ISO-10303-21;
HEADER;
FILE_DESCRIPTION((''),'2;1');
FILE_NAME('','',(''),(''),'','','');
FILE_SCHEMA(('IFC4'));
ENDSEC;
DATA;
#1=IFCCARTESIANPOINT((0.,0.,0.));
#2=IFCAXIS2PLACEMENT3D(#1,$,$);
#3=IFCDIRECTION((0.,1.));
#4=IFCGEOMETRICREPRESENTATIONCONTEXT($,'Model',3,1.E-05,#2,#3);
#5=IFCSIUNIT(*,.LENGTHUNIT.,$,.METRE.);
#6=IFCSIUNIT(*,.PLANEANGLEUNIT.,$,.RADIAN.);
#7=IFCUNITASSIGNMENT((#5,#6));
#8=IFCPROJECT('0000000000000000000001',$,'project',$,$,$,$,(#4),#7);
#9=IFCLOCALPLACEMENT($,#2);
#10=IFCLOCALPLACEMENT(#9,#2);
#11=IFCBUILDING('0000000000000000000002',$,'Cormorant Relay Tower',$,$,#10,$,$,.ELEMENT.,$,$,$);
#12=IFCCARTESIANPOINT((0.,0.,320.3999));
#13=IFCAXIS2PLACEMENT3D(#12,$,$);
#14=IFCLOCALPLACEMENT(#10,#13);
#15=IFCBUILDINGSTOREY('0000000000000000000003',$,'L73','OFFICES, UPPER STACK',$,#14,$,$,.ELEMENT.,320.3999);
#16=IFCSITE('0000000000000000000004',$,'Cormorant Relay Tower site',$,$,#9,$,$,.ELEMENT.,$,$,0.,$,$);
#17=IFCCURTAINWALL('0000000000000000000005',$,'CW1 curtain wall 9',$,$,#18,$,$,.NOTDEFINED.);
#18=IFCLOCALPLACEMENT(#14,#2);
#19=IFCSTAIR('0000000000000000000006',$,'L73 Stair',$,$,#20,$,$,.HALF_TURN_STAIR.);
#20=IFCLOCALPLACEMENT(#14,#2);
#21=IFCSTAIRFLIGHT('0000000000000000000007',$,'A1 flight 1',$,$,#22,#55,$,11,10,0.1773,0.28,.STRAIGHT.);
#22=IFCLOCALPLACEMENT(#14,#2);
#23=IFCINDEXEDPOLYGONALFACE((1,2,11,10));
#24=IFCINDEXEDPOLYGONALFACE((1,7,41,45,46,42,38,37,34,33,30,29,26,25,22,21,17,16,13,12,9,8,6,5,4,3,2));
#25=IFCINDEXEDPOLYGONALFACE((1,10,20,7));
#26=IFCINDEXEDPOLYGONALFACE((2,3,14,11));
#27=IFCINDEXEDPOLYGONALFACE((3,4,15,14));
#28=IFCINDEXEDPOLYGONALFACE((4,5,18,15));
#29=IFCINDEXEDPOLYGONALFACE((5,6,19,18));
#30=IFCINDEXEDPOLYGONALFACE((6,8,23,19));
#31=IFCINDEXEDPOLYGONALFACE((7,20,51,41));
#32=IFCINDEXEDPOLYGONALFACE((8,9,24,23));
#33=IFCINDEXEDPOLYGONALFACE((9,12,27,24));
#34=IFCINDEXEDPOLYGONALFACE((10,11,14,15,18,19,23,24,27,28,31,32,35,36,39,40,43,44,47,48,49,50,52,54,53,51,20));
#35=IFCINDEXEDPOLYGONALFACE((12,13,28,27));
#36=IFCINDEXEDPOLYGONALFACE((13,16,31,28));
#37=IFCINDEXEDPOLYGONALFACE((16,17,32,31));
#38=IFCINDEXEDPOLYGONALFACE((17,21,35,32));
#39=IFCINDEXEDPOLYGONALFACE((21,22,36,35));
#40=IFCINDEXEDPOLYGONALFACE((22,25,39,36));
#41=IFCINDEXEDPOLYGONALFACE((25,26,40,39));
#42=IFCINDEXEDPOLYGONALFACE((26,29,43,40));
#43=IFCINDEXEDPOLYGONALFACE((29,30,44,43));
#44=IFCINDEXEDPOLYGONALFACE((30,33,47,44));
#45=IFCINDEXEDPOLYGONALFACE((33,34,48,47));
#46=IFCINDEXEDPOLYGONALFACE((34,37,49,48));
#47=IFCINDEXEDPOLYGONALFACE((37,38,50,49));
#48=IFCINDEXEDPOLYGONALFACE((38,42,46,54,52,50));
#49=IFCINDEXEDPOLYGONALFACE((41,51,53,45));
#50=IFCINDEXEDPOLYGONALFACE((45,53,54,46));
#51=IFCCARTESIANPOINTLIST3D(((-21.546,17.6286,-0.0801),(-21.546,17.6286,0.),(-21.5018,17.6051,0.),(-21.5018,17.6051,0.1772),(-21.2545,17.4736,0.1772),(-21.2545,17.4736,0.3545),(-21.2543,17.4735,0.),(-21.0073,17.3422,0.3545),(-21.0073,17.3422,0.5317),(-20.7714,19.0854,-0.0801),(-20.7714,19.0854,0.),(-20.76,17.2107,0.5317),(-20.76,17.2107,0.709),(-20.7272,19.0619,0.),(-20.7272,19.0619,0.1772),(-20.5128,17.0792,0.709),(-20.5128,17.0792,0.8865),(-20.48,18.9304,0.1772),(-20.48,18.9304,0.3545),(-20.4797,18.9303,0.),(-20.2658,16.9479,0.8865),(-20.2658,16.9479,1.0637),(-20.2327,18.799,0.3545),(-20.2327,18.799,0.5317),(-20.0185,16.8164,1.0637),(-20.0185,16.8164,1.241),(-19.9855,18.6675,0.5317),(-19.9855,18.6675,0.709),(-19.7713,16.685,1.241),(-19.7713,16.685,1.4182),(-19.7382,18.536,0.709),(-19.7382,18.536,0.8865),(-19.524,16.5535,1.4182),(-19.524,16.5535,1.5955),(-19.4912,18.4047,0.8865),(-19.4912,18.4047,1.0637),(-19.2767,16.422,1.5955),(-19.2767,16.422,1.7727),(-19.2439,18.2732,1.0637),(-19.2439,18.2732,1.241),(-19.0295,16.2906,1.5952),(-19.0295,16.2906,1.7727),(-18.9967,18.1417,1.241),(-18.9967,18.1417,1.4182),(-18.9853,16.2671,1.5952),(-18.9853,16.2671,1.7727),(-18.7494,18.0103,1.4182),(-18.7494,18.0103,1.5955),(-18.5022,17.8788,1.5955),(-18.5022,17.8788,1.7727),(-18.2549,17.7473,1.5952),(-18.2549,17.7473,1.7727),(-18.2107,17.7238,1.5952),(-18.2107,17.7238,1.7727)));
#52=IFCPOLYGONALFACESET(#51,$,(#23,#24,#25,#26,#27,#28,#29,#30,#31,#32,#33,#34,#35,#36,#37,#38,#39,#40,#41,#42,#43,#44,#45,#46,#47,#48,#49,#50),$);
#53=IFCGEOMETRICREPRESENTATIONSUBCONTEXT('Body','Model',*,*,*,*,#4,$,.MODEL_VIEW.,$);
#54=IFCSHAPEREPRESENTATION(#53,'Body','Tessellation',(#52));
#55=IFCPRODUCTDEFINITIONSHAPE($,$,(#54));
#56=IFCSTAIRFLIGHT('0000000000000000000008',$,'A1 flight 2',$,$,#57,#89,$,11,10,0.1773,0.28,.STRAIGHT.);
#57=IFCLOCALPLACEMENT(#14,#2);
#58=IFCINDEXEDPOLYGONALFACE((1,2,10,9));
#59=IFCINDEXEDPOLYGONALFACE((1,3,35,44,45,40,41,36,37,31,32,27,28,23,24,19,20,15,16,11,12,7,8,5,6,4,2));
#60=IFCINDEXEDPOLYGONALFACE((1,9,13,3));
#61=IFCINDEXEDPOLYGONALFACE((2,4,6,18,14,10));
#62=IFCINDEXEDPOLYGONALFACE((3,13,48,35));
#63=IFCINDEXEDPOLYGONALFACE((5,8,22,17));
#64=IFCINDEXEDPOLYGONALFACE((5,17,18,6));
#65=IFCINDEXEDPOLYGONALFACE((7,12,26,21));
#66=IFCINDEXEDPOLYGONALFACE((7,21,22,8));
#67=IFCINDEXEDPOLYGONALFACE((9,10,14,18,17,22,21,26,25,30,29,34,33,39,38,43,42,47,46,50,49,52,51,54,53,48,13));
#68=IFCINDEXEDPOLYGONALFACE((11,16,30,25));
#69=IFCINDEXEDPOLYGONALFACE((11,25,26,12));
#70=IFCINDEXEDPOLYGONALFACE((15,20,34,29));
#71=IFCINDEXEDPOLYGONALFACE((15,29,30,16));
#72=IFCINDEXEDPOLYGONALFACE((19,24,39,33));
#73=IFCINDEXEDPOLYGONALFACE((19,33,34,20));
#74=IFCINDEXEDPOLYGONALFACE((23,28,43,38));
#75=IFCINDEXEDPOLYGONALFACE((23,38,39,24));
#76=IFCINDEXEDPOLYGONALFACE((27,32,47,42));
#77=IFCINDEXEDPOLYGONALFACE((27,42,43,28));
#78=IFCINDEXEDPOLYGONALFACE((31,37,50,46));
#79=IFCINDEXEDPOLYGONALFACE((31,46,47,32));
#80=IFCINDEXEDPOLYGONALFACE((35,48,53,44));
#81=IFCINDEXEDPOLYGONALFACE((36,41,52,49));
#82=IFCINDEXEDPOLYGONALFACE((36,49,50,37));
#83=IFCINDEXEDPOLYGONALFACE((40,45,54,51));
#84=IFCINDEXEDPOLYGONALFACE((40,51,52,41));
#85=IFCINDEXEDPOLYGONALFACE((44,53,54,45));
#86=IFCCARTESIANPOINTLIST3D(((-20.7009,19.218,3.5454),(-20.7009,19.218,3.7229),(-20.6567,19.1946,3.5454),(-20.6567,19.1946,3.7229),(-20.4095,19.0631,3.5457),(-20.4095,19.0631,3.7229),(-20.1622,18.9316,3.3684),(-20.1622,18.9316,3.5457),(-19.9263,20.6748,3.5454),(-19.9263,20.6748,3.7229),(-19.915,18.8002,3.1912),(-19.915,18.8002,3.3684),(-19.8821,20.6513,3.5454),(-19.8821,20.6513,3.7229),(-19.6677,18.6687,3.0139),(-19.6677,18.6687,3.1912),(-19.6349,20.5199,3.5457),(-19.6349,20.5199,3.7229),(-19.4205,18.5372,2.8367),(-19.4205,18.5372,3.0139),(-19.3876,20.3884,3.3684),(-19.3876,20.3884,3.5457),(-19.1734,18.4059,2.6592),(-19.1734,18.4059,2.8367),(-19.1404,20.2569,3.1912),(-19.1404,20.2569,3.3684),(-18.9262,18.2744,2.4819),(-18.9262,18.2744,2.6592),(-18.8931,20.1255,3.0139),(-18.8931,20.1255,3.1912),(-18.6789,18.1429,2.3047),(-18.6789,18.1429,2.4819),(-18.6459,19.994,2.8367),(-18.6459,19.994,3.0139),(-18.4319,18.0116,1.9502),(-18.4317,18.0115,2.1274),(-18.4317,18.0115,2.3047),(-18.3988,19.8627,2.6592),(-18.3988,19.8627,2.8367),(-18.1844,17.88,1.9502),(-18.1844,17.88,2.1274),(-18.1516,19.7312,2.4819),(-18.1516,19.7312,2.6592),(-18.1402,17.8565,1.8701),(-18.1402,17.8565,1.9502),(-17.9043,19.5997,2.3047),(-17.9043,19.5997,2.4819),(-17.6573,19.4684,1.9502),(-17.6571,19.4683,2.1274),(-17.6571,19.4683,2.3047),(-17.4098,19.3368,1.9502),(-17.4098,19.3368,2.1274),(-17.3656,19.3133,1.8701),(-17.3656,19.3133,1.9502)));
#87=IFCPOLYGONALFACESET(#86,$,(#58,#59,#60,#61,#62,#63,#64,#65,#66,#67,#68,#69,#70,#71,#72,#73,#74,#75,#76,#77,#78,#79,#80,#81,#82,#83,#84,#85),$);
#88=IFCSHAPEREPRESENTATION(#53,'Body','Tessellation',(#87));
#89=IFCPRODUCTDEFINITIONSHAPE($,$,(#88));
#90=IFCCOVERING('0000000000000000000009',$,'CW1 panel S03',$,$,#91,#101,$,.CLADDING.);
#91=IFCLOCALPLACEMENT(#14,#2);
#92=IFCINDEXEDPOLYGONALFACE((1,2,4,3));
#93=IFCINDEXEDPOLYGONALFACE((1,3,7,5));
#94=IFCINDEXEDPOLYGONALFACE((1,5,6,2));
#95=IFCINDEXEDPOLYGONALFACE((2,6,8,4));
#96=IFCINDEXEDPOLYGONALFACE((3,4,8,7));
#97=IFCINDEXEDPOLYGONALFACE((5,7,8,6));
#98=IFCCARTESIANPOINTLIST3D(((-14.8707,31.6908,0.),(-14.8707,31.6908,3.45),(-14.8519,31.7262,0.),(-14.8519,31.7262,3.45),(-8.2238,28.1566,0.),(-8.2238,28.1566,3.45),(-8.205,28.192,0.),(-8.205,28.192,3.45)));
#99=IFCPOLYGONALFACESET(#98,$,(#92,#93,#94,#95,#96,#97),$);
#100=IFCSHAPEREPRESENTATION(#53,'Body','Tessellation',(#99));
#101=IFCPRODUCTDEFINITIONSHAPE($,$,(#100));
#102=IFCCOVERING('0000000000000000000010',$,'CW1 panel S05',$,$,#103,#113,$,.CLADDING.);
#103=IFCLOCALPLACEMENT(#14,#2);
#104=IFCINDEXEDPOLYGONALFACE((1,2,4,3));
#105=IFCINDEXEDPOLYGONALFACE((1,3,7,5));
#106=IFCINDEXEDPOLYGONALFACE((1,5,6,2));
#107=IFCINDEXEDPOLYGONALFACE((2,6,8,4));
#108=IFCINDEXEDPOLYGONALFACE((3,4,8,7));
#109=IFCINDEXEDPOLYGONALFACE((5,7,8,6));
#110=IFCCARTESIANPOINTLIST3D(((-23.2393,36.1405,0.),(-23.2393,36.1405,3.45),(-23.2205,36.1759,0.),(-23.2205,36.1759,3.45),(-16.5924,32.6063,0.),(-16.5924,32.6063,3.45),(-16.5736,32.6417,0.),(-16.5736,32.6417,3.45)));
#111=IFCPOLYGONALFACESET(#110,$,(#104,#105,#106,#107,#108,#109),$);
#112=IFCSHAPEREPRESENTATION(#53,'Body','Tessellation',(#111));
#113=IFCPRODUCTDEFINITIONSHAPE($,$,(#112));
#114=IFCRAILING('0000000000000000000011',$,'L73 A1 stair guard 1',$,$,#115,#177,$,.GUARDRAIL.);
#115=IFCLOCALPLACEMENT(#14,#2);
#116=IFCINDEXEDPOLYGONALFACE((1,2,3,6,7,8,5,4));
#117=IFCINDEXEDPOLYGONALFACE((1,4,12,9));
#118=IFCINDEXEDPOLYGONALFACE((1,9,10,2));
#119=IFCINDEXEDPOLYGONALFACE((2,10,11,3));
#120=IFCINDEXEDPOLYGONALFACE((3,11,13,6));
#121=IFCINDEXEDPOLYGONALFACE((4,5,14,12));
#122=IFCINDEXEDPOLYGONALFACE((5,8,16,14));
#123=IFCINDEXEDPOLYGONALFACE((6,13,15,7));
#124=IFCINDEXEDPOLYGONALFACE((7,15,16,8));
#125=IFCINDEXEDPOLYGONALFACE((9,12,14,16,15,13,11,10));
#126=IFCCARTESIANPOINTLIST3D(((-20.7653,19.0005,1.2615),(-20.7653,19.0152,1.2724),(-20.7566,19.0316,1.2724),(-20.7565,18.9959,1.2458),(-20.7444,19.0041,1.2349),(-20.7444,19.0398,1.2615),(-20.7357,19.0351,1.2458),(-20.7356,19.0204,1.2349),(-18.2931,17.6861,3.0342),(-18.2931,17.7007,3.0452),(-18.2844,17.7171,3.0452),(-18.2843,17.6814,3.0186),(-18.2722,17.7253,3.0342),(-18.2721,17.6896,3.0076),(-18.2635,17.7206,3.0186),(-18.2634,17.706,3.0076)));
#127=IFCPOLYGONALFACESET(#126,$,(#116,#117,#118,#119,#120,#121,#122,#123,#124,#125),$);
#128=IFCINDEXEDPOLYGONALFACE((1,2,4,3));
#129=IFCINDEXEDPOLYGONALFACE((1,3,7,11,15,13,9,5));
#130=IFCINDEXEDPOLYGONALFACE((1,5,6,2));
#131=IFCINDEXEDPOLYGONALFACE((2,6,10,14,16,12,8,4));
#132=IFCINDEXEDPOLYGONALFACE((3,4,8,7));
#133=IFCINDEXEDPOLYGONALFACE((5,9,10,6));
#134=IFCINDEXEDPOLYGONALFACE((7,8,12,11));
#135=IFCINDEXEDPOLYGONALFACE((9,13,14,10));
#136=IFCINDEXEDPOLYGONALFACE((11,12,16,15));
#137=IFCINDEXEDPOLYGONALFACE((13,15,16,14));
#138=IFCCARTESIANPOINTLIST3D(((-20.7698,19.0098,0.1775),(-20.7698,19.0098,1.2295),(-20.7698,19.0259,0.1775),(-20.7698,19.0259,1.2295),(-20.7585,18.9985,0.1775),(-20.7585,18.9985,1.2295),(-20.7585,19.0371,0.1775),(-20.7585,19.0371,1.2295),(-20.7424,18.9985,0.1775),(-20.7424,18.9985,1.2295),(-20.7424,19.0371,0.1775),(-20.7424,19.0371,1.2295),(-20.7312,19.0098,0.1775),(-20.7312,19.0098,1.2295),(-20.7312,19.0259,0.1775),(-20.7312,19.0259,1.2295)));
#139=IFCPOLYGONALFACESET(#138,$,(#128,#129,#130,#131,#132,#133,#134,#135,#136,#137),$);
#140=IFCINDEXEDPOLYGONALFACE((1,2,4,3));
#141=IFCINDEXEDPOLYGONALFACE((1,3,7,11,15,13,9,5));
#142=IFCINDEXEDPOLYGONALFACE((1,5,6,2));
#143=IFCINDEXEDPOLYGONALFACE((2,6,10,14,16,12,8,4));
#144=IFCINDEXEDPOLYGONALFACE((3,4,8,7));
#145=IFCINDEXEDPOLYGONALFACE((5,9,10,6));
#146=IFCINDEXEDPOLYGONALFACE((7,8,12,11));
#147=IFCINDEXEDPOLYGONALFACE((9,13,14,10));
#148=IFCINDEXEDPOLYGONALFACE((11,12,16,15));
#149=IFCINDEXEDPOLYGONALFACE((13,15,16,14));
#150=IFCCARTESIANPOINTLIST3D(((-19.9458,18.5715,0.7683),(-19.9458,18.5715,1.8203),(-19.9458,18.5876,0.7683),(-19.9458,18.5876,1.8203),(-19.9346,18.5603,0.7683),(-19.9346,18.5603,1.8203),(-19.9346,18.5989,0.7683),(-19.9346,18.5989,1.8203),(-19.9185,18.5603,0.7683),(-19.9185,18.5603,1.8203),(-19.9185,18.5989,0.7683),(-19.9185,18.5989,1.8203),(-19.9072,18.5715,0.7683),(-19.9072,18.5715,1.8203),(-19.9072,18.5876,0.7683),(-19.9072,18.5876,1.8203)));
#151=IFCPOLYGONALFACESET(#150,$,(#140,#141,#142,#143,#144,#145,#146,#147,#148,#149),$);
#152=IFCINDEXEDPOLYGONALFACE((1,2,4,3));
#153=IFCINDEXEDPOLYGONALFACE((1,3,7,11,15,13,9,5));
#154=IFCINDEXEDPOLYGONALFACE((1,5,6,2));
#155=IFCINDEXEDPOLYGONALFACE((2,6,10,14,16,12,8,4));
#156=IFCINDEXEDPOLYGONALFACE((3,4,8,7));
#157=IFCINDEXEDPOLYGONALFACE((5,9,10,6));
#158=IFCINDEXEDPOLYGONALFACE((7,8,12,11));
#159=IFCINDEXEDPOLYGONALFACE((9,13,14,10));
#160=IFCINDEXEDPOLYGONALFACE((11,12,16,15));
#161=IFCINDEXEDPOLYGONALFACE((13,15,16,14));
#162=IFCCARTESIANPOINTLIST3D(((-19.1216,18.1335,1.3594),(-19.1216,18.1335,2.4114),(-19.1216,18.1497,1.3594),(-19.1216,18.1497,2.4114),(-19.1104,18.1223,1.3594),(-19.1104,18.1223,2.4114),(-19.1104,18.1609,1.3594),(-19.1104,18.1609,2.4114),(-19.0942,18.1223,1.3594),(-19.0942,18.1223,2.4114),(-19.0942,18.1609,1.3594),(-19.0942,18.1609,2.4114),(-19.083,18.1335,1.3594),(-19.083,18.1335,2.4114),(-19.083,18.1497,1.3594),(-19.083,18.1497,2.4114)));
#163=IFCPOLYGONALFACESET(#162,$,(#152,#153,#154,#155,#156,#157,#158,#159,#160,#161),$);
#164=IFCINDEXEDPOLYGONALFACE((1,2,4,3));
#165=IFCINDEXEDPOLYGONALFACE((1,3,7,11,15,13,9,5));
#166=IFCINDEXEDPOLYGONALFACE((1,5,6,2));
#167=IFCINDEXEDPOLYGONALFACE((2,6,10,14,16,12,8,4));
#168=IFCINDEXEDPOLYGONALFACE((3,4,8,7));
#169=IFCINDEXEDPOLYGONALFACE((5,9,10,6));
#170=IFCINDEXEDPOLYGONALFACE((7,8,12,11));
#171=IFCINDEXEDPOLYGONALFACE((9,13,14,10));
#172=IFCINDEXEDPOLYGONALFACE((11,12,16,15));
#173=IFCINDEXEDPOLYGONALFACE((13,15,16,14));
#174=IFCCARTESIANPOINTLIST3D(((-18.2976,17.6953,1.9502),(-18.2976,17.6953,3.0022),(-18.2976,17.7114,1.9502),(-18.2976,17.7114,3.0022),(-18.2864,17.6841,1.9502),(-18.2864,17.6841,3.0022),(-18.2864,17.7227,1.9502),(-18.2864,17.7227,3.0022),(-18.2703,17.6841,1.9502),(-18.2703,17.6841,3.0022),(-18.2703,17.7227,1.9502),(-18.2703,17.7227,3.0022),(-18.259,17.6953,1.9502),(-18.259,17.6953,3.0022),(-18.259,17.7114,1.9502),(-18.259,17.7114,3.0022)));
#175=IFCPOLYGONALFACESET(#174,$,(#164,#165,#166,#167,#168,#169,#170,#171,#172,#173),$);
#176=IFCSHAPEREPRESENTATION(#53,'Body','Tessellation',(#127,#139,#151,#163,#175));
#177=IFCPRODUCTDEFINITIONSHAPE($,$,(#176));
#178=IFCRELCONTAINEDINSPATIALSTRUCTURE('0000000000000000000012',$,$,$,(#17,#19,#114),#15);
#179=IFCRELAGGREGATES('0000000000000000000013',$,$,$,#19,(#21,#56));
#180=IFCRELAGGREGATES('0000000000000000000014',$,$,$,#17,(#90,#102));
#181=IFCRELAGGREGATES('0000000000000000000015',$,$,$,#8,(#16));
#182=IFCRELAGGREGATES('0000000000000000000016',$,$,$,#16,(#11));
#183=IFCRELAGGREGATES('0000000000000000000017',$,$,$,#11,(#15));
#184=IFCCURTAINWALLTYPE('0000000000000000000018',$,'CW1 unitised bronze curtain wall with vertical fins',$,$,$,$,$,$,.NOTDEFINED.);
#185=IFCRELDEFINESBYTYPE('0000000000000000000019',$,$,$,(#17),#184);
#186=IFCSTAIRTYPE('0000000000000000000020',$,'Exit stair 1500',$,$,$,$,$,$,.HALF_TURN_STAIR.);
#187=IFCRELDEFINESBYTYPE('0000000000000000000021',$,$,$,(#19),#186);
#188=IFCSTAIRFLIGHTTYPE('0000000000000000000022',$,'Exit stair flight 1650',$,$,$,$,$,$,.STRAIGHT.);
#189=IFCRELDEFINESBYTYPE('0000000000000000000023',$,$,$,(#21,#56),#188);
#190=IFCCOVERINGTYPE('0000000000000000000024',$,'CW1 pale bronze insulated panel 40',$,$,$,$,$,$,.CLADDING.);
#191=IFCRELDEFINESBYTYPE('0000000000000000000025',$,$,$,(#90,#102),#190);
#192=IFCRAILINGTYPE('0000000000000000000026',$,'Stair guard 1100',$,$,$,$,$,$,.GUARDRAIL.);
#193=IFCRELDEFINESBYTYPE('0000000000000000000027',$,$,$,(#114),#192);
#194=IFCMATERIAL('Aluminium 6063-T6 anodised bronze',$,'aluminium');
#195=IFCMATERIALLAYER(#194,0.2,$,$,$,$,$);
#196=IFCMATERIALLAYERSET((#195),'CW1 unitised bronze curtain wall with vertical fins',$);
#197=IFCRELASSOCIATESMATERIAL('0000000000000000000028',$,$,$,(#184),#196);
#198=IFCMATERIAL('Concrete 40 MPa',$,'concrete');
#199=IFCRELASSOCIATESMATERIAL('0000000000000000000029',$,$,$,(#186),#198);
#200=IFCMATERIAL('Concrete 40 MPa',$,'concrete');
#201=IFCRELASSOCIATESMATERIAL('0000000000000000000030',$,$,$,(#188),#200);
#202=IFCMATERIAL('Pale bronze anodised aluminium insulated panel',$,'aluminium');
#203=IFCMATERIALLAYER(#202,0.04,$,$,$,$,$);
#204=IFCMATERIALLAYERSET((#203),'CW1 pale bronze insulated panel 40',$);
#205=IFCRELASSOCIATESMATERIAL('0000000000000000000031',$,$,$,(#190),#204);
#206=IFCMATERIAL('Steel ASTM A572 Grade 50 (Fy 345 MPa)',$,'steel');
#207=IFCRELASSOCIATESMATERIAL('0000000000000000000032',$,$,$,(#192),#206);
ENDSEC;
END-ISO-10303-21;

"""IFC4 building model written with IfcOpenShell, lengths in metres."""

from ifc_helpers import new_model, si_unit, direction, frame, origin, origin_2d, place, context, subcontext, project, spatial, polyline, rectangle, outline, extrude, material, layer, layer_set, type_object, element, aggregate, save


model = new_model("IFC4")

# Units and contexts
model_context = context("Model", 3, precision=1e-05, world=origin(), true_north=direction((0.0, 1.0)))
body_context = subcontext(model_context, "Body", "Model", "MODEL_VIEW")
ifc_project = project(units=[si_unit("LENGTHUNIT", "METRE"), si_unit("PLANEANGLEUNIT", "RADIAN")], contexts=[model_context])

# Site, building, storey
site_placement = place(None, origin())
site = spatial("IfcSite", under=ifc_project, at=site_placement, Name="Cormorant Relay Tower site", CompositionType="ELEMENT", RefElevation=0.0)
building_placement = place(site_placement, origin())
building = spatial("IfcBuilding", under=site, at=building_placement, Name="Cormorant Relay Tower", CompositionType="ELEMENT")
storey_placement = place(building_placement, frame((0.0, 0.0, 320.3999)))
storey = spatial("IfcBuildingStorey", under=building, at=storey_placement, Name="L73", Description="OFFICES, UPPER STACK", CompositionType="ELEMENT", Elevation=320.3999)

# Curtain wall
ifc_material_1 = material(Name="Aluminium 6063-T6 anodised bronze", Category="aluminium")
ifc_layer_1 = layer(ifc_material_1, 0.2)
ifc_layer_set_1 = layer_set([ifc_layer_1], Name="CW1 unitised bronze curtain wall with vertical fins")
curtain_wall_type = type_object("IfcCurtainWallType", Name="CW1 unitised bronze curtain wall with vertical fins", PredefinedType="NOTDEFINED", material=ifc_layer_set_1)
curtain_wall_placement = place(storey_placement, origin())
curtain_wall = element("IfcCurtainWall", 1, at=curtain_wall_placement, inside=storey, type_object=curtain_wall_type, Name="CW1 curtain wall 9", PredefinedType="NOTDEFINED")

# Stair, stair flights
ifc_material_2 = material(Name="Concrete 40 MPa", Category="concrete")
stair_type = type_object("IfcStairType", Name="Exit stair 1500", PredefinedType="HALF_TURN_STAIR", material=ifc_material_2)
stair_placement = place(storey_placement, origin())
stair = element("IfcStair", 2, at=stair_placement, inside=storey, type_object=stair_type, Name="L73 Stair", PredefinedType="HALF_TURN_STAIR")
ifc_material_3 = material(Name="Concrete 40 MPa", Category="concrete")
stair_flight_type = type_object("IfcStairFlightType", Name="Exit stair flight 1650", PredefinedType="STRAIGHT", material=ifc_material_3)
stair_flight_1_placement = place(storey_placement, frame((-21.1145, 18.3335, 0.0), z_axis=(0.0, 0.0, 1.0), x_axis=(0.882948, -0.469472, 0.0)))
stair_flight_1 = element("IfcStairFlight", 3, at=stair_flight_1_placement, type_object=stair_flight_type, Name="A1 flight 1", NumberOfRisers=11, NumberOfTreads=10, PredefinedType="STRAIGHT", RiserHeight=0.1773, TreadLength=0.28, context=body_context, shape_type="SweptSolid", body=[
    extrude(outline(polyline([(-0.05, -0.0801), (-0.05, 0.0), (0.0, 0.0), (0.0, 0.1772), (0.28, 0.1772), (0.28, 0.3545), (0.5601, 0.3545), (0.5601, 0.5317), (0.8401, 0.5317), (0.8401, 0.709), (1.1201, 0.709), (1.1201, 0.8865), (1.3999, 0.8865), (1.3999, 1.0637), (1.6799, 1.0637), (1.6799, 1.241), (1.96, 1.241), (1.96, 1.4182), (2.24, 1.4182), (2.24, 1.5955), (2.52, 1.5955), (2.52, 1.7727), (2.8, 1.7727), (2.8501, 1.7727), (2.8501, 1.5952), (2.8, 1.5952), (0.2803, 0.0), (-0.05, -0.0801)])), frame((0.0, 0.825, 0.0), z_axis=(0.0, -1.0, 0.0), x_axis=(1.0, 0.0, 0.0)), (0.0, 0.0, 1.0), 1.6499),
])
stair_flight_2_placement = place(storey_placement, frame((-17.7971, 18.6084, 1.9502), z_axis=(0.0, 0.0, 1.0), x_axis=(-0.882948, 0.469472, 0.0)))
stair_flight_2 = element("IfcStairFlight", 4, at=stair_flight_2_placement, type_object=stair_flight_type, Name="A1 flight 2", NumberOfRisers=11, NumberOfTreads=10, PredefinedType="STRAIGHT", RiserHeight=0.1773, TreadLength=0.28, context=body_context, shape_type="SweptSolid", body=[
    extrude(outline(polyline([(-0.05, -0.0801), (-0.05, 0.0), (0.0, 0.0), (0.0, 0.1772), (0.28, 0.1772), (0.28, 0.3545), (0.5601, 0.3545), (0.5601, 0.5317), (0.8401, 0.5317), (0.8401, 0.709), (1.1201, 0.709), (1.1201, 0.8865), (1.3999, 0.8865), (1.3999, 1.0637), (1.6799, 1.0637), (1.6799, 1.241), (1.96, 1.241), (1.96, 1.4182), (2.24, 1.4182), (2.24, 1.5955), (2.52, 1.5955), (2.52, 1.7727), (2.8, 1.7727), (2.8501, 1.7727), (2.8501, 1.5952), (2.8, 1.5952), (0.2803, 0.0), (-0.05, -0.0801)])), frame((0.0, 0.825, 0.0), z_axis=(0.0, -1.0, 0.0), x_axis=(1.0, 0.0, 0.0)), (0.0, 0.0, 1.0), 1.6499),
])
aggregate(stair, [stair_flight_1, stair_flight_2])

# Coverings
ifc_material_4 = material(Name="Pale bronze anodised aluminium insulated panel", Category="aluminium")
ifc_layer_2 = layer(ifc_material_4, 0.04)
ifc_layer_set_2 = layer_set([ifc_layer_2], Name="CW1 pale bronze insulated panel 40")
covering_type = type_object("IfcCoveringType", Name="CW1 pale bronze insulated panel 40", PredefinedType="CLADDING", material=ifc_layer_set_2)
covering_1_placement = place(storey_placement, frame((-11.5378, 29.9414, 0.0), z_axis=(0.0, 0.0, 1.0), x_axis=(-0.882948, 0.469472, 0.0)))
covering_1 = element("IfcCovering", 5, at=covering_1_placement, type_object=covering_type, Name="CW1 panel S03", PredefinedType="CLADDING", context=body_context, shape_type="SweptSolid", body=[
    extrude(rectangle(XDim=7.5281, YDim=0.04, at=origin_2d()), origin(), (0.0, 0.0, 1.0), 3.45),
])
covering_2_placement = place(storey_placement, frame((-19.9065, 34.3911, 0.0), z_axis=(0.0, 0.0, 1.0), x_axis=(-0.882948, 0.469472, 0.0)))
covering_2 = element("IfcCovering", 6, at=covering_2_placement, type_object=covering_type, Name="CW1 panel S05", PredefinedType="CLADDING", context=body_context, shape_type="SweptSolid", body=[
    extrude(rectangle(XDim=7.5281, YDim=0.04, at=origin_2d()), origin(), (0.0, 0.0, 1.0), 3.45),
])
aggregate(curtain_wall, [covering_1, covering_2])

# Railing
ifc_material_5 = material(Name="Steel ASTM A572 Grade 50 (Fy 345 MPa)", Category="steel")
railing_type_1 = type_object("IfcRailingType", Name="Stair guard 1100", PredefinedType="GUARDRAIL", material=ifc_material_5)
railing_1_placement = place(storey_placement, frame((-20.7505, 19.0178, 0.1775)))
element("IfcRailing", 7, at=railing_1_placement, inside=storey, type_object=railing_type_1, Name="L73 A1 stair guard 1", PredefinedType="GUARDRAIL", context=body_context, shape_type="SweptSolid", body=[
    extrude(outline(polyline([(0.0222, 0.0093), (0.0093, 0.0222), (-0.0093, 0.0222), (-0.0222, 0.0093), (-0.0222, -0.0093), (-0.0093, -0.0222), (0.0093, -0.0222), (0.0222, -0.0093), (0.0222, 0.0093)])), frame((0.0, 0.0, 1.0762), z_axis=(0.746001, -0.396649, 0.534931), x_axis=(0.469465, 0.882951, 0.0)), (0.0, 0.0, 1.0), 3.314),
    extrude(outline(polyline([(0.0193, 0.0081), (0.0081, 0.0193), (-0.0081, 0.0193), (-0.0193, 0.0081), (-0.0193, -0.0081), (-0.0081, -0.0193), (0.0081, -0.0193), (0.0193, -0.0081), (0.0193, 0.0081)])), origin(), (0.0, 0.0, 1.0), 1.052),
    extrude(outline(polyline([(0.0193, 0.0081), (0.0081, 0.0193), (-0.0081, 0.0193), (-0.0193, 0.0081), (-0.0193, -0.0081), (-0.0081, -0.0193), (0.0081, -0.0193), (0.0193, -0.0081), (0.0193, 0.0081)])), frame((0.824, -0.4382, 0.5908)), (0.0, 0.0, 1.0), 1.052),
    extrude(outline(polyline([(0.0193, 0.0081), (0.0081, 0.0193), (-0.0081, 0.0193), (-0.0193, 0.0081), (-0.0193, -0.0081), (-0.0081, -0.0193), (0.0081, -0.0193), (0.0193, -0.0081), (0.0193, 0.0081)])), frame((1.6482, -0.8762, 1.1819)), (0.0, 0.0, 1.0), 1.052),
    extrude(outline(polyline([(0.0193, 0.0081), (0.0081, 0.0193), (-0.0081, 0.0193), (-0.0193, 0.0081), (-0.0193, -0.0081), (-0.0081, -0.0193), (0.0081, -0.0193), (0.0193, -0.0081), (0.0193, 0.0081)])), frame((2.4722, -1.3145, 1.7727)), (0.0, 0.0, 1.0), 1.052),
])

save(model, "model.ifc")
